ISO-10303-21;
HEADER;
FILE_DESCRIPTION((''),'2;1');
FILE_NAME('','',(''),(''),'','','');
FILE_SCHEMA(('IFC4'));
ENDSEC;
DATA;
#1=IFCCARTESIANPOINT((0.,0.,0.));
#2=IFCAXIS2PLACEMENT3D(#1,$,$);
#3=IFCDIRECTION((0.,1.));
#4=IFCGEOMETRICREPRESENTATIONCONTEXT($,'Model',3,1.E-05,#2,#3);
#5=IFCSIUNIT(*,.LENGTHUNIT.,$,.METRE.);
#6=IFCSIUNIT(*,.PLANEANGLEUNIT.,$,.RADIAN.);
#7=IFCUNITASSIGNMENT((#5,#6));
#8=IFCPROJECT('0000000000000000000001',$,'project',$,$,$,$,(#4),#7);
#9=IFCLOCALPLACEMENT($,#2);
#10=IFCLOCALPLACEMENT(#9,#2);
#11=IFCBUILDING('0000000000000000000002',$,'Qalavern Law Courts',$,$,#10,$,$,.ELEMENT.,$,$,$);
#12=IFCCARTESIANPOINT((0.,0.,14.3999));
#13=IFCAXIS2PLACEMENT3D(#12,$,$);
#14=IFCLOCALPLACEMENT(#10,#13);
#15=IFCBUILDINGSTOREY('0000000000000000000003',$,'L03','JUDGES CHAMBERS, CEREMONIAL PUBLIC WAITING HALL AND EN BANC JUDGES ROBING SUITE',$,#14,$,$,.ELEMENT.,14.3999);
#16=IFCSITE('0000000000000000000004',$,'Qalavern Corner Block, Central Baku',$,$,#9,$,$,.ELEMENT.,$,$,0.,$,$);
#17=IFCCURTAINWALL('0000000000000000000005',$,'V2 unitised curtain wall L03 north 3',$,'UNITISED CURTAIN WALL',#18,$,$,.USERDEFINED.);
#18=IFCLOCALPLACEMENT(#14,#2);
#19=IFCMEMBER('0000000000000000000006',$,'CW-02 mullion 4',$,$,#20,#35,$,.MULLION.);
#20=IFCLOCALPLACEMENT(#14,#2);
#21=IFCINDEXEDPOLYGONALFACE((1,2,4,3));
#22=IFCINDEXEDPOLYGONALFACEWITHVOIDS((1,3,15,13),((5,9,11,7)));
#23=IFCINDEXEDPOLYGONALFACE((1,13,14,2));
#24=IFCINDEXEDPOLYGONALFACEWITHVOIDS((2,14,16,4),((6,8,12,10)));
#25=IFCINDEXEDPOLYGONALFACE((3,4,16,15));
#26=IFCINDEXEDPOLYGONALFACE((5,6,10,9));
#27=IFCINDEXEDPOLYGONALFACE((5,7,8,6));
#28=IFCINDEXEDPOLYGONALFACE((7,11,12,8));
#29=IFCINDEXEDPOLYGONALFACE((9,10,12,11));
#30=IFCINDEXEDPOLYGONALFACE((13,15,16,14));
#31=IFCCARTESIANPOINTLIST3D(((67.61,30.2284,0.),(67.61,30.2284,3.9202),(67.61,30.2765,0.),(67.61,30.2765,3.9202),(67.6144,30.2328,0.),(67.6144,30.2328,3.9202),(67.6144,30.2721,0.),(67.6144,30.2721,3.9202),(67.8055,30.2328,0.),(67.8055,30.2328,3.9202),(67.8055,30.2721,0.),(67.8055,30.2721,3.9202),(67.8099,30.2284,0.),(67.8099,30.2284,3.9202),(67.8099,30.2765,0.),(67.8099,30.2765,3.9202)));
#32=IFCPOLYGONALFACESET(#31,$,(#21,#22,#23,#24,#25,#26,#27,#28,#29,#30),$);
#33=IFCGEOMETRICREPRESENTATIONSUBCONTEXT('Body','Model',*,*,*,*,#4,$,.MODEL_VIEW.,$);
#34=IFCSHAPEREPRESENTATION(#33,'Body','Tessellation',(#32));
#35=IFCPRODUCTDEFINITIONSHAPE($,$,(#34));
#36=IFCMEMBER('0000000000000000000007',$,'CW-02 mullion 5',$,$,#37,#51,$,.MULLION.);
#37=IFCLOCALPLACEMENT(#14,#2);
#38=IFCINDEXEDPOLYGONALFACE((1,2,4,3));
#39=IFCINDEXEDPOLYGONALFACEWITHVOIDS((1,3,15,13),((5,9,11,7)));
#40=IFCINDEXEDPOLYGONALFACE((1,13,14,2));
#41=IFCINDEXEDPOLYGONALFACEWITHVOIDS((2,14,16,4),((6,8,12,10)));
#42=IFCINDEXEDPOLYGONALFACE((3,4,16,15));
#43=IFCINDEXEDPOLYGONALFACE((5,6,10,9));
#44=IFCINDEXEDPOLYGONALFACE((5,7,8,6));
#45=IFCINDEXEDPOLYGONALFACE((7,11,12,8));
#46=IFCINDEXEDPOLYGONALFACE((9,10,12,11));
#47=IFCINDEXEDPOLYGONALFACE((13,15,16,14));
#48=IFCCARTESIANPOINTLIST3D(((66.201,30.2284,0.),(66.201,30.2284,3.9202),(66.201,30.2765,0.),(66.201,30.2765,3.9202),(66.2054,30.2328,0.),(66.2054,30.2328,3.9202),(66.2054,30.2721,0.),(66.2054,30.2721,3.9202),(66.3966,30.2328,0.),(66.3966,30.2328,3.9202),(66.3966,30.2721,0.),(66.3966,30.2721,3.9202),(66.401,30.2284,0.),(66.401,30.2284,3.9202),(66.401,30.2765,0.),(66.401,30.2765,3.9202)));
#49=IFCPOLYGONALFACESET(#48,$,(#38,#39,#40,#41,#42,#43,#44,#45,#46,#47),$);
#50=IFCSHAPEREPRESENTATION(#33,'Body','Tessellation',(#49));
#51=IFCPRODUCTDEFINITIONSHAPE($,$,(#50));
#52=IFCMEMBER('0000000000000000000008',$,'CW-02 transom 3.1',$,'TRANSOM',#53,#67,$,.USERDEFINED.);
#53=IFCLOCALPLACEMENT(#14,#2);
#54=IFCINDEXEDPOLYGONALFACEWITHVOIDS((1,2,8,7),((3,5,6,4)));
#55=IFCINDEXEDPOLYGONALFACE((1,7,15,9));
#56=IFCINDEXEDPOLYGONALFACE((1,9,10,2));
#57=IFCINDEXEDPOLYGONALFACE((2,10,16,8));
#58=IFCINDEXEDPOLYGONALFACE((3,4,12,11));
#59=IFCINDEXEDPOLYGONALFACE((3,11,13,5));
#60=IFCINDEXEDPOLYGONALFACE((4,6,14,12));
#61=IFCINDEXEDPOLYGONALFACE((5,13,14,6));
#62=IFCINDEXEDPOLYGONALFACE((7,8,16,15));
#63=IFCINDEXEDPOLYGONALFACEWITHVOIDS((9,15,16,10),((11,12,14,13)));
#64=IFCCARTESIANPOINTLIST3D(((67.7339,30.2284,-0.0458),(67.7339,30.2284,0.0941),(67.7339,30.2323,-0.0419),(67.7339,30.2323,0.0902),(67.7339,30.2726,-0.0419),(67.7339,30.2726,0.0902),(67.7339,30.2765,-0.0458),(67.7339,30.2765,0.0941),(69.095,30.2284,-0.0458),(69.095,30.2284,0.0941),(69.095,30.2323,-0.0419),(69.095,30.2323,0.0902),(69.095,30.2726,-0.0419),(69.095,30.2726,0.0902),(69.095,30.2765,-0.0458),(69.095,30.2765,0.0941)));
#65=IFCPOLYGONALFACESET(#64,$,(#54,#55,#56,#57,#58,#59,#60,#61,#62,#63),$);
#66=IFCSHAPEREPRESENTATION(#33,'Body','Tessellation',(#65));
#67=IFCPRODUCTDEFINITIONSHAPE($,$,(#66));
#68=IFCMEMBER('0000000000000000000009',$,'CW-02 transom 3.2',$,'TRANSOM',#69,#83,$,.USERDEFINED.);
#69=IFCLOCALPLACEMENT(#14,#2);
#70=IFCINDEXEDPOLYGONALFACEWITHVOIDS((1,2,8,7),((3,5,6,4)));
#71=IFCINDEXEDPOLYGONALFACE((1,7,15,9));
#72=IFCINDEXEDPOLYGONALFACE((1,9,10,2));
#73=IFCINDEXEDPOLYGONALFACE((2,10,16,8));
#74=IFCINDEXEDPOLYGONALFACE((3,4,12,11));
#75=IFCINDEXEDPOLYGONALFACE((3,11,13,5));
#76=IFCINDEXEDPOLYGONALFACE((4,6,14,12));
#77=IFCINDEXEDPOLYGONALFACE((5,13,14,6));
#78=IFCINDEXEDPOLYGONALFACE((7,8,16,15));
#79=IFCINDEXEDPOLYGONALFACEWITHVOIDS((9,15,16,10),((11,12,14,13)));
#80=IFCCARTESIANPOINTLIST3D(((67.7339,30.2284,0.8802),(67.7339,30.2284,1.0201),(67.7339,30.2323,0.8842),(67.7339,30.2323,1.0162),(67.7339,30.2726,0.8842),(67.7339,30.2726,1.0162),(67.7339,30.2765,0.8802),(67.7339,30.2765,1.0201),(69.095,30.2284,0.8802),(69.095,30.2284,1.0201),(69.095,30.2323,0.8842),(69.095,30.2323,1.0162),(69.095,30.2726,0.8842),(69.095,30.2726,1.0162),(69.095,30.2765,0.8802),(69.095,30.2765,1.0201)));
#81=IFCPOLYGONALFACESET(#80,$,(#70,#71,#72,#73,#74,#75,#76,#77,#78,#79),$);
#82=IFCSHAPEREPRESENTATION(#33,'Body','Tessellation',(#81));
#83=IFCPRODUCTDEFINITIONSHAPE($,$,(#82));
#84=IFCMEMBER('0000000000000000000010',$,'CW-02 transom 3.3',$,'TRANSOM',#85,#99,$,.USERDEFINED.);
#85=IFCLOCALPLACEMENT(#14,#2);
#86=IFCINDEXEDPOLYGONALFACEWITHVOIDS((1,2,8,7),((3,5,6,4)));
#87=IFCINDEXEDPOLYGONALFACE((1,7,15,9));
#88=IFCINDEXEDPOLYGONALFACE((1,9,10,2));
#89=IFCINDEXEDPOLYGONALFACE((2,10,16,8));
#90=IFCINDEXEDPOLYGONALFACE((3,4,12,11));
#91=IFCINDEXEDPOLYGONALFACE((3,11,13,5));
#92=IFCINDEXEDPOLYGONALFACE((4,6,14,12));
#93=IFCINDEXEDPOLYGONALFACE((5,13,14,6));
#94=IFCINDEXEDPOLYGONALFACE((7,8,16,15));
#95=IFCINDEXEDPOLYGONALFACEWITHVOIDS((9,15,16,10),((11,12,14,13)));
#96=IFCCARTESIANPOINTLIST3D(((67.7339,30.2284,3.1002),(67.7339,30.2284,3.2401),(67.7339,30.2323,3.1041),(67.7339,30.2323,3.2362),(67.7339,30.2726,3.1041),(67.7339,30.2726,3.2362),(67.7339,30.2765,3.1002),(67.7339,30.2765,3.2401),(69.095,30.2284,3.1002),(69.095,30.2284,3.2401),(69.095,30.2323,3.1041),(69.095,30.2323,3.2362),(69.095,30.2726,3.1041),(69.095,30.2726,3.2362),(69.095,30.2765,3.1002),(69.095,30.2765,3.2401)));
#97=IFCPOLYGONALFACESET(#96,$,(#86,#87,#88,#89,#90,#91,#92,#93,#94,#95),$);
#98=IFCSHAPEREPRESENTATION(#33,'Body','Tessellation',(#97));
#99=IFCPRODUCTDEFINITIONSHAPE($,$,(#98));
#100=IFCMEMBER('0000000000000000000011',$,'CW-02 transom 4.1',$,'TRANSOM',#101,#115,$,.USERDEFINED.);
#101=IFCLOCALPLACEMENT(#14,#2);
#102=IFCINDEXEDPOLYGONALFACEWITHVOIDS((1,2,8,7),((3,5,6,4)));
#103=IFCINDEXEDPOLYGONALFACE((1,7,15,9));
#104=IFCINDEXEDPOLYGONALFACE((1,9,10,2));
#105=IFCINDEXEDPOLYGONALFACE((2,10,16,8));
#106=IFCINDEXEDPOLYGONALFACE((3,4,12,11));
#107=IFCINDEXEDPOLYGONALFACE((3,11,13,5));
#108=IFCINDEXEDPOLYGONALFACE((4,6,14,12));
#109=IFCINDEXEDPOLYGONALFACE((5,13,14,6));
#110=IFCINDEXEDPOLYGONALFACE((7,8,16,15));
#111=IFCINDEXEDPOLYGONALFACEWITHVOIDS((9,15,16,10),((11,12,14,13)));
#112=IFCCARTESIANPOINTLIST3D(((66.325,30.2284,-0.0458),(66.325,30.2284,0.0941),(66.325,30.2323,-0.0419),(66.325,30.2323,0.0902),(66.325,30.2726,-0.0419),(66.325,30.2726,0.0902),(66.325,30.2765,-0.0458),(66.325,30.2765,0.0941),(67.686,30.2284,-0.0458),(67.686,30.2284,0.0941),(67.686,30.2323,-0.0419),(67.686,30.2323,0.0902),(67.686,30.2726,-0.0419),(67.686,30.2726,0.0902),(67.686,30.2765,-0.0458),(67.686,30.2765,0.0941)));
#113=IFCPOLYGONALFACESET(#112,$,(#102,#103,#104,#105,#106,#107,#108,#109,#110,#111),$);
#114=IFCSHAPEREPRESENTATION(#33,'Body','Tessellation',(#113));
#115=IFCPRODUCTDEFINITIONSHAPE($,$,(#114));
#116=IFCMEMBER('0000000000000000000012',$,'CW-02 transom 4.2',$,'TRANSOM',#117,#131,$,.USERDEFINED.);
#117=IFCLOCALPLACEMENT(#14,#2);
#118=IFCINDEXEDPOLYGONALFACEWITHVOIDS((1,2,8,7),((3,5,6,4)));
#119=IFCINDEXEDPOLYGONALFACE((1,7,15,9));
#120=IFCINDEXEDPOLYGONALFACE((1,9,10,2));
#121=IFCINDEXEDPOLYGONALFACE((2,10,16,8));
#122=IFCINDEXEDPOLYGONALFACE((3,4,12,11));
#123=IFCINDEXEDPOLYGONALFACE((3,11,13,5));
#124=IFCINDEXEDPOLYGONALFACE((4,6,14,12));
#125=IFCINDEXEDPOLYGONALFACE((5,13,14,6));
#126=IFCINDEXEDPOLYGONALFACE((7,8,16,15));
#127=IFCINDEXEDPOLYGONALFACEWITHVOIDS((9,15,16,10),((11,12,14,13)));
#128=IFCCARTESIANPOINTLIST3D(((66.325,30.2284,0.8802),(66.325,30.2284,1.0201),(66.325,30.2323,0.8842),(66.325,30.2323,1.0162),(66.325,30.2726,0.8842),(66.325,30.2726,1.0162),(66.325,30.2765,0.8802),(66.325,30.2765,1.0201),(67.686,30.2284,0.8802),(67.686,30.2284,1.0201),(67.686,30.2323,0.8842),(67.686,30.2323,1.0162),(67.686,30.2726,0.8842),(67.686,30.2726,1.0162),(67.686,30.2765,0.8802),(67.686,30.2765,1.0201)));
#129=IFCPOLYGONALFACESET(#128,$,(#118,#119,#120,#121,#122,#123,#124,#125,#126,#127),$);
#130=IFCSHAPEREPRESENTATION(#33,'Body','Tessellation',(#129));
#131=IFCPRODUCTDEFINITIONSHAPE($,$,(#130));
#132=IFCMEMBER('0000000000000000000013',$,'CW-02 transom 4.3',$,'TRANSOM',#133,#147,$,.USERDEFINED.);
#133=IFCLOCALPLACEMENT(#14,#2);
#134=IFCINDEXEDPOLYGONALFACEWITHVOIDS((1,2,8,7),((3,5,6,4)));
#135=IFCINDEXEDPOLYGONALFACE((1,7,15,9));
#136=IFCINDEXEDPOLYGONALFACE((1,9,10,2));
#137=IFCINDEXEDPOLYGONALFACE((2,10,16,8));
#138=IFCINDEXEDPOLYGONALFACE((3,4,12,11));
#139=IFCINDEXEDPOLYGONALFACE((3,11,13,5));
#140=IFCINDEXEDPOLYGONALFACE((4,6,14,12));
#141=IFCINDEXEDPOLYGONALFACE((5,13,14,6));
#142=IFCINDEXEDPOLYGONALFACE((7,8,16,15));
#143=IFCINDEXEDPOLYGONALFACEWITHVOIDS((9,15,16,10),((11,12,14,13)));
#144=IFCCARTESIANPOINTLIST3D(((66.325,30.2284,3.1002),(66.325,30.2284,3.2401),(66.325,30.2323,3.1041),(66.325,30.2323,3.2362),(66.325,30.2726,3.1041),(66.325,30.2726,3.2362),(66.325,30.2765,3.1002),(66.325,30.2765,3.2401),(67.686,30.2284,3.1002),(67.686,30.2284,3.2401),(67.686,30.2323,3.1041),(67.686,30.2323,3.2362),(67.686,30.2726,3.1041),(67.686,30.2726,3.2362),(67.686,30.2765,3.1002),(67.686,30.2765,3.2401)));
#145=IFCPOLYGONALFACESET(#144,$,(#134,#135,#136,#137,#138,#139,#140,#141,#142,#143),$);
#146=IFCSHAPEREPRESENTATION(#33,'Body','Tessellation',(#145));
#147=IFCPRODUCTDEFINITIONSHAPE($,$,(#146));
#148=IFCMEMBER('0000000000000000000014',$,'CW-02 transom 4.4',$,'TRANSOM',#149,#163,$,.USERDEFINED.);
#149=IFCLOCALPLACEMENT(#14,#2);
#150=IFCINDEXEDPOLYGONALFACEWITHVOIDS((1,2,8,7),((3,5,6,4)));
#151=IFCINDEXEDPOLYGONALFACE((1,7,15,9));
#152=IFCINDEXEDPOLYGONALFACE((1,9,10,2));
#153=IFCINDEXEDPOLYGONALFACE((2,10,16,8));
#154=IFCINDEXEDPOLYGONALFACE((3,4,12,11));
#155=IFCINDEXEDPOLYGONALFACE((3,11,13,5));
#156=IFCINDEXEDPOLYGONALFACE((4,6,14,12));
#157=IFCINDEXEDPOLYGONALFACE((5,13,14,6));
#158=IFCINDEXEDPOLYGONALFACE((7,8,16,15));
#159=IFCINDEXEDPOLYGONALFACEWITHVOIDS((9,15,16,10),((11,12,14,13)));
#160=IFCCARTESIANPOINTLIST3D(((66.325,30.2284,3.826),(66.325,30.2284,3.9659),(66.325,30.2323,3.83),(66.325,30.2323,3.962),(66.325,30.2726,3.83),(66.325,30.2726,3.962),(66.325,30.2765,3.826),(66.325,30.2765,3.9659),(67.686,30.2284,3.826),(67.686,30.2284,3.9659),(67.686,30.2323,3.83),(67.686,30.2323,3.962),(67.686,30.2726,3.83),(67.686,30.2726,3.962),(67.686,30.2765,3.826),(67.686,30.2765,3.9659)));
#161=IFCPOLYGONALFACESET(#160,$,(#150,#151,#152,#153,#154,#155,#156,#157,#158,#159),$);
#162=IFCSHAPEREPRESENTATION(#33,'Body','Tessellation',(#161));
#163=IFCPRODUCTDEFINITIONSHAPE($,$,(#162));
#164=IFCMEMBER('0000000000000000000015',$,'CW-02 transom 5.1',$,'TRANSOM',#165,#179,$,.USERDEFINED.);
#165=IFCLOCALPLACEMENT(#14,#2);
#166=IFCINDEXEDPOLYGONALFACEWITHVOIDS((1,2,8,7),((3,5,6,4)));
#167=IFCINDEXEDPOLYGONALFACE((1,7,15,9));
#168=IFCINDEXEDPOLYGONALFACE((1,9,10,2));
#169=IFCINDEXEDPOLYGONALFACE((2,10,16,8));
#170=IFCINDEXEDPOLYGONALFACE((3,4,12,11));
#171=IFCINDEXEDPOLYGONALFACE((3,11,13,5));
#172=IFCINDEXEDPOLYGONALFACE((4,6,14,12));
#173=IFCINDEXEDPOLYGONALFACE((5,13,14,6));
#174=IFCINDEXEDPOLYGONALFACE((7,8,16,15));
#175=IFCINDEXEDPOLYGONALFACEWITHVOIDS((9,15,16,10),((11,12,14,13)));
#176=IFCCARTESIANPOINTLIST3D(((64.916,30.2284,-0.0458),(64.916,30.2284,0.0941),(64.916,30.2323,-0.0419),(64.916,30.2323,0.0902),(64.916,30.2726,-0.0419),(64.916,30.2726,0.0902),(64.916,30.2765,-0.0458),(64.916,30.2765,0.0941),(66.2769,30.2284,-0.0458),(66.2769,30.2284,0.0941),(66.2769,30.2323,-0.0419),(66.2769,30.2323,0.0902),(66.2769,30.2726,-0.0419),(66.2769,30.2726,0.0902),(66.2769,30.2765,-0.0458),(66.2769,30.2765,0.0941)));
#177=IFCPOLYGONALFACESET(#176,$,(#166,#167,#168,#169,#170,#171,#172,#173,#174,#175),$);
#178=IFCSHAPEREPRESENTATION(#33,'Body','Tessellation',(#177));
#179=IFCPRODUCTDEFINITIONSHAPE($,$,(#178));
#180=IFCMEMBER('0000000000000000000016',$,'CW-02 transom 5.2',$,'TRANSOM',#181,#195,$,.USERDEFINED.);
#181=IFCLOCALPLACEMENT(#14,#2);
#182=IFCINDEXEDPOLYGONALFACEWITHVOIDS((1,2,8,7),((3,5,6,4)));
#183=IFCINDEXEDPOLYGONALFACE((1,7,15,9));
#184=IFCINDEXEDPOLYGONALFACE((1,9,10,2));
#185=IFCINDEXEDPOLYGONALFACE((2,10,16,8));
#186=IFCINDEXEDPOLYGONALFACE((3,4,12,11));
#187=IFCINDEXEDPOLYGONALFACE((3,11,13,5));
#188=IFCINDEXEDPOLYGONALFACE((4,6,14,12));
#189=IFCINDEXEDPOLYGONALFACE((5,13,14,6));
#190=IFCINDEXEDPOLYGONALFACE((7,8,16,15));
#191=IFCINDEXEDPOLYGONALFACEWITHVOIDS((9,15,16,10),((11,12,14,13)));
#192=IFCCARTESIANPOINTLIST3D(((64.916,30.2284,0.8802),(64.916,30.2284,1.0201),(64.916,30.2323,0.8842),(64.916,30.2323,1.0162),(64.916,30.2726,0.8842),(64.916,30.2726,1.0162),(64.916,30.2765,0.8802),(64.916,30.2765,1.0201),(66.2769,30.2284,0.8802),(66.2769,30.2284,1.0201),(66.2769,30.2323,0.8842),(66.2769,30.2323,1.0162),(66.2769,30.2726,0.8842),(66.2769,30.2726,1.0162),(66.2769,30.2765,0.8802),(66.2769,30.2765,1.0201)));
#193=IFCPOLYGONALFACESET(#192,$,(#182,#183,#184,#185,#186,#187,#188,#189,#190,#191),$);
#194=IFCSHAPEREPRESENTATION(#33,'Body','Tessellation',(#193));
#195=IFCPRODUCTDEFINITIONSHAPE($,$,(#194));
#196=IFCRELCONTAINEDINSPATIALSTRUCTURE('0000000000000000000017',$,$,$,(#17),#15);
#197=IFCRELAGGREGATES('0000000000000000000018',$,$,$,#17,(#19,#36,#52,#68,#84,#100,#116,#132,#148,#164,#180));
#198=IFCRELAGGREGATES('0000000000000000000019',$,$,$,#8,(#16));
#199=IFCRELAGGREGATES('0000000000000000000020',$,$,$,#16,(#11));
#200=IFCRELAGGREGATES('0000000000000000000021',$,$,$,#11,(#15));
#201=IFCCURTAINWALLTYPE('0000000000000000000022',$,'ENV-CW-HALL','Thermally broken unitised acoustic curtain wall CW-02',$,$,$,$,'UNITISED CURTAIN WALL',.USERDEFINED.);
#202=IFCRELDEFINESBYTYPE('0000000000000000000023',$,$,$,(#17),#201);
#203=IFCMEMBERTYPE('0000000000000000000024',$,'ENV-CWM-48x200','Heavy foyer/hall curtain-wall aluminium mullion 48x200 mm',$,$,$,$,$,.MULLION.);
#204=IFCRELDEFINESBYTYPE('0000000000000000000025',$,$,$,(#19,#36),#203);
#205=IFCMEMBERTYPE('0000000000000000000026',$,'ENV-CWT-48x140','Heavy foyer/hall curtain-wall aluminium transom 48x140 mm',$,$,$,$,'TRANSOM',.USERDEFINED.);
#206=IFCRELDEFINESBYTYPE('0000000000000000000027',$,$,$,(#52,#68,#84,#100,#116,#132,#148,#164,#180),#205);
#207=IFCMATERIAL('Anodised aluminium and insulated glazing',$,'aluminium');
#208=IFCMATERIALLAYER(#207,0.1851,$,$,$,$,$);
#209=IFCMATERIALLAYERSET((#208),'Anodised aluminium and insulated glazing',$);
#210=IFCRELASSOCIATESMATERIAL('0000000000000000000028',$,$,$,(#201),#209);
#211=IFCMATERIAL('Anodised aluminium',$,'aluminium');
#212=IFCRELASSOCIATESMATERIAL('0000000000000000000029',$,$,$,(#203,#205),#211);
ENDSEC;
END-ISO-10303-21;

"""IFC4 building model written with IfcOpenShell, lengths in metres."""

from ifc_helpers import new_model, si_unit, direction, frame, origin, origin_2d, place, context, subcontext, project, spatial, hollow_rectangle, extrude, material, layer, layer_set, material_profile, profile_set, type_object, element, aggregate, save


model = new_model("IFC4")

# Units and contexts
model_context = context("Model", 3, precision=1e-05, world=origin(), true_north=direction((0.0, 1.0)))
body_context = subcontext(model_context, "Body", "Model", "MODEL_VIEW")
ifc_project = project(units=[si_unit("LENGTHUNIT", "METRE"), si_unit("PLANEANGLEUNIT", "RADIAN")], contexts=[model_context])

# Site, building, storey
site_placement = place(None, origin())
site = spatial("IfcSite", under=ifc_project, at=site_placement, Name="Qalavern Corner Block, Central Baku", CompositionType="ELEMENT", RefElevation=0.0)
building_placement = place(site_placement, origin())
building = spatial("IfcBuilding", under=site, at=building_placement, Name="Qalavern Law Courts", CompositionType="ELEMENT")
storey_placement = place(building_placement, frame((0.0, 0.0, 14.3999)))
storey = spatial("IfcBuildingStorey", under=building, at=storey_placement, Name="L03", Description="JUDGES CHAMBERS, CEREMONIAL PUBLIC WAITING HALL AND EN BANC JUDGES ROBING SUITE", CompositionType="ELEMENT", Elevation=14.3999)

# Curtain wall, members
ifc_material_1 = material(Name="Anodised aluminium and insulated glazing", Category="aluminium")
ifc_layer_1 = layer(ifc_material_1, 0.1851)
ifc_layer_set_1 = layer_set([ifc_layer_1], Name="Anodised aluminium and insulated glazing")
curtain_wall_type = type_object("IfcCurtainWallType", Name="ENV-CW-HALL", Description="Thermally broken unitised acoustic curtain wall CW-02", ElementType="UNITISED CURTAIN WALL", PredefinedType="USERDEFINED", material=ifc_layer_set_1)
curtain_wall_placement = place(storey_placement, origin())
curtain_wall = element("IfcCurtainWall", 1, at=curtain_wall_placement, inside=storey, type_object=curtain_wall_type, Name="V2 unitised curtain wall L03 north 3", ObjectType="UNITISED CURTAIN WALL", PredefinedType="USERDEFINED")
ifc_material_2 = material(Name="Anodised aluminium", Category="aluminium")
ifc_material_profile_1 = material_profile(ifc_material_2, hollow_rectangle(XDim=0.0481, YDim=0.2, WallThickness=0.0044, at=origin_2d()), Name="ALU MULLION 48x200")
ifc_profile_set_1 = profile_set([ifc_material_profile_1], Name="Anodised aluminium")
member_type_1 = type_object("IfcMemberType", Name="ENV-CWM-48x200", Description="Heavy foyer/hall curtain-wall aluminium mullion 48x200 mm", PredefinedType="MULLION", material=ifc_profile_set_1)
member_1_placement = place(storey_placement, frame((67.71, 30.2524, 0.0), z_axis=(0.0, 0.0, 1.0), x_axis=(0.0, -1.0, 0.0)))
member_1 = element("IfcMember", 2, at=member_1_placement, type_object=member_type_1, Name="CW-02 mullion 4", PredefinedType="MULLION", context=body_context, shape_type="SweptSolid", body=[
    extrude(hollow_rectangle(XDim=0.0481, YDim=0.2, WallThickness=0.0044, at=origin_2d()), origin(), (0.0, 0.0, 1.0), 3.9202),
])
member_2_placement = place(storey_placement, frame((66.301, 30.2524, 0.0), z_axis=(0.0, 0.0, 1.0), x_axis=(0.0, -1.0, 0.0)))
member_2 = element("IfcMember", 3, at=member_2_placement, type_object=member_type_1, Name="CW-02 mullion 5", PredefinedType="MULLION", context=body_context, shape_type="SweptSolid", body=[
    extrude(hollow_rectangle(XDim=0.0481, YDim=0.2, WallThickness=0.0044, at=origin_2d()), origin(), (0.0, 0.0, 1.0), 3.9202),
])
ifc_material_profile_2 = material_profile(ifc_material_2, hollow_rectangle(XDim=0.0481, YDim=0.1399, WallThickness=0.0039, at=origin_2d()), Name="ALU TRANSOM 48x140")
ifc_profile_set_2 = profile_set([ifc_material_profile_2], Name="Anodised aluminium")
member_type_2 = type_object("IfcMemberType", Name="ENV-CWT-48x140", Description="Heavy foyer/hall curtain-wall aluminium transom 48x140 mm", ElementType="TRANSOM", PredefinedType="USERDEFINED", material=ifc_profile_set_2)
member_3_placement = place(storey_placement, frame((69.095, 30.2524, 0.0242), z_axis=(-1.0, 0.0, 0.0), x_axis=(0.0, -1.0, 0.0)))
member_3 = element("IfcMember", 4, at=member_3_placement, type_object=member_type_2, Name="CW-02 transom 3.1", ObjectType="TRANSOM", PredefinedType="USERDEFINED", context=body_context, shape_type="SweptSolid", body=[
    extrude(hollow_rectangle(XDim=0.0481, YDim=0.1399, WallThickness=0.0039, at=origin_2d()), origin(), (0.0, 0.0, 1.0), 1.3611),
])
member_4_placement = place(storey_placement, frame((69.095, 30.2524, 0.9502), z_axis=(-1.0, 0.0, 0.0), x_axis=(0.0, -1.0, 0.0)))
member_4 = element("IfcMember", 5, at=member_4_placement, type_object=member_type_2, Name="CW-02 transom 3.2", ObjectType="TRANSOM", PredefinedType="USERDEFINED", context=body_context, shape_type="SweptSolid", body=[
    extrude(hollow_rectangle(XDim=0.0481, YDim=0.1399, WallThickness=0.0039, at=origin_2d()), origin(), (0.0, 0.0, 1.0), 1.3611),
])
member_5_placement = place(storey_placement, frame((69.095, 30.2524, 3.1702), z_axis=(-1.0, 0.0, 0.0), x_axis=(0.0, -1.0, 0.0)))
member_5 = element("IfcMember", 6, at=member_5_placement, type_object=member_type_2, Name="CW-02 transom 3.3", ObjectType="TRANSOM", PredefinedType="USERDEFINED", context=body_context, shape_type="SweptSolid", body=[
    extrude(hollow_rectangle(XDim=0.0481, YDim=0.1399, WallThickness=0.0039, at=origin_2d()), origin(), (0.0, 0.0, 1.0), 1.3611),
])
member_6_placement = place(storey_placement, frame((67.686, 30.2524, 0.0242), z_axis=(-1.0, 0.0, 0.0), x_axis=(0.0, -1.0, 0.0)))
member_6 = element("IfcMember", 7, at=member_6_placement, type_object=member_type_2, Name="CW-02 transom 4.1", ObjectType="TRANSOM", PredefinedType="USERDEFINED", context=body_context, shape_type="SweptSolid", body=[
    extrude(hollow_rectangle(XDim=0.0481, YDim=0.1399, WallThickness=0.0039, at=origin_2d()), origin(), (0.0, 0.0, 1.0), 1.3611),
])
member_7_placement = place(storey_placement, frame((67.686, 30.2524, 0.9502), z_axis=(-1.0, 0.0, 0.0), x_axis=(0.0, -1.0, 0.0)))
member_7 = element("IfcMember", 8, at=member_7_placement, type_object=member_type_2, Name="CW-02 transom 4.2", ObjectType="TRANSOM", PredefinedType="USERDEFINED", context=body_context, shape_type="SweptSolid", body=[
    extrude(hollow_rectangle(XDim=0.0481, YDim=0.1399, WallThickness=0.0039, at=origin_2d()), origin(), (0.0, 0.0, 1.0), 1.3611),
])
member_8_placement = place(storey_placement, frame((67.686, 30.2524, 3.1702), z_axis=(-1.0, 0.0, 0.0), x_axis=(0.0, -1.0, 0.0)))
member_8 = element("IfcMember", 9, at=member_8_placement, type_object=member_type_2, Name="CW-02 transom 4.3", ObjectType="TRANSOM", PredefinedType="USERDEFINED", context=body_context, shape_type="SweptSolid", body=[
    extrude(hollow_rectangle(XDim=0.0481, YDim=0.1399, WallThickness=0.0039, at=origin_2d()), origin(), (0.0, 0.0, 1.0), 1.3611),
])
member_9_placement = place(storey_placement, frame((67.686, 30.2524, 3.896), z_axis=(-1.0, 0.0, 0.0), x_axis=(0.0, -1.0, 0.0)))
member_9 = element("IfcMember", 10, at=member_9_placement, type_object=member_type_2, Name="CW-02 transom 4.4", ObjectType="TRANSOM", PredefinedType="USERDEFINED", context=body_context, shape_type="SweptSolid", body=[
    extrude(hollow_rectangle(XDim=0.0481, YDim=0.1399, WallThickness=0.0039, at=origin_2d()), origin(), (0.0, 0.0, 1.0), 1.3611),
])
member_10_placement = place(storey_placement, frame((66.2769, 30.2524, 0.0242), z_axis=(-1.0, 0.0, 0.0), x_axis=(0.0, -1.0, 0.0)))
member_10 = element("IfcMember", 11, at=member_10_placement, type_object=member_type_2, Name="CW-02 transom 5.1", ObjectType="TRANSOM", PredefinedType="USERDEFINED", context=body_context, shape_type="SweptSolid", body=[
    extrude(hollow_rectangle(XDim=0.0481, YDim=0.1399, WallThickness=0.0039, at=origin_2d()), origin(), (0.0, 0.0, 1.0), 1.3608),
])
member_11_placement = place(storey_placement, frame((66.2769, 30.2524, 0.9502), z_axis=(-1.0, 0.0, 0.0), x_axis=(0.0, -1.0, 0.0)))
member_11 = element("IfcMember", 12, at=member_11_placement, type_object=member_type_2, Name="CW-02 transom 5.2", ObjectType="TRANSOM", PredefinedType="USERDEFINED", context=body_context, shape_type="SweptSolid", body=[
    extrude(hollow_rectangle(XDim=0.0481, YDim=0.1399, WallThickness=0.0039, at=origin_2d()), origin(), (0.0, 0.0, 1.0), 1.3608),
])
aggregate(curtain_wall, [member_1, member_2, member_3, member_4, member_5, member_6, member_7, member_8, member_9, member_10, member_11])

save(model, "model.ifc")
